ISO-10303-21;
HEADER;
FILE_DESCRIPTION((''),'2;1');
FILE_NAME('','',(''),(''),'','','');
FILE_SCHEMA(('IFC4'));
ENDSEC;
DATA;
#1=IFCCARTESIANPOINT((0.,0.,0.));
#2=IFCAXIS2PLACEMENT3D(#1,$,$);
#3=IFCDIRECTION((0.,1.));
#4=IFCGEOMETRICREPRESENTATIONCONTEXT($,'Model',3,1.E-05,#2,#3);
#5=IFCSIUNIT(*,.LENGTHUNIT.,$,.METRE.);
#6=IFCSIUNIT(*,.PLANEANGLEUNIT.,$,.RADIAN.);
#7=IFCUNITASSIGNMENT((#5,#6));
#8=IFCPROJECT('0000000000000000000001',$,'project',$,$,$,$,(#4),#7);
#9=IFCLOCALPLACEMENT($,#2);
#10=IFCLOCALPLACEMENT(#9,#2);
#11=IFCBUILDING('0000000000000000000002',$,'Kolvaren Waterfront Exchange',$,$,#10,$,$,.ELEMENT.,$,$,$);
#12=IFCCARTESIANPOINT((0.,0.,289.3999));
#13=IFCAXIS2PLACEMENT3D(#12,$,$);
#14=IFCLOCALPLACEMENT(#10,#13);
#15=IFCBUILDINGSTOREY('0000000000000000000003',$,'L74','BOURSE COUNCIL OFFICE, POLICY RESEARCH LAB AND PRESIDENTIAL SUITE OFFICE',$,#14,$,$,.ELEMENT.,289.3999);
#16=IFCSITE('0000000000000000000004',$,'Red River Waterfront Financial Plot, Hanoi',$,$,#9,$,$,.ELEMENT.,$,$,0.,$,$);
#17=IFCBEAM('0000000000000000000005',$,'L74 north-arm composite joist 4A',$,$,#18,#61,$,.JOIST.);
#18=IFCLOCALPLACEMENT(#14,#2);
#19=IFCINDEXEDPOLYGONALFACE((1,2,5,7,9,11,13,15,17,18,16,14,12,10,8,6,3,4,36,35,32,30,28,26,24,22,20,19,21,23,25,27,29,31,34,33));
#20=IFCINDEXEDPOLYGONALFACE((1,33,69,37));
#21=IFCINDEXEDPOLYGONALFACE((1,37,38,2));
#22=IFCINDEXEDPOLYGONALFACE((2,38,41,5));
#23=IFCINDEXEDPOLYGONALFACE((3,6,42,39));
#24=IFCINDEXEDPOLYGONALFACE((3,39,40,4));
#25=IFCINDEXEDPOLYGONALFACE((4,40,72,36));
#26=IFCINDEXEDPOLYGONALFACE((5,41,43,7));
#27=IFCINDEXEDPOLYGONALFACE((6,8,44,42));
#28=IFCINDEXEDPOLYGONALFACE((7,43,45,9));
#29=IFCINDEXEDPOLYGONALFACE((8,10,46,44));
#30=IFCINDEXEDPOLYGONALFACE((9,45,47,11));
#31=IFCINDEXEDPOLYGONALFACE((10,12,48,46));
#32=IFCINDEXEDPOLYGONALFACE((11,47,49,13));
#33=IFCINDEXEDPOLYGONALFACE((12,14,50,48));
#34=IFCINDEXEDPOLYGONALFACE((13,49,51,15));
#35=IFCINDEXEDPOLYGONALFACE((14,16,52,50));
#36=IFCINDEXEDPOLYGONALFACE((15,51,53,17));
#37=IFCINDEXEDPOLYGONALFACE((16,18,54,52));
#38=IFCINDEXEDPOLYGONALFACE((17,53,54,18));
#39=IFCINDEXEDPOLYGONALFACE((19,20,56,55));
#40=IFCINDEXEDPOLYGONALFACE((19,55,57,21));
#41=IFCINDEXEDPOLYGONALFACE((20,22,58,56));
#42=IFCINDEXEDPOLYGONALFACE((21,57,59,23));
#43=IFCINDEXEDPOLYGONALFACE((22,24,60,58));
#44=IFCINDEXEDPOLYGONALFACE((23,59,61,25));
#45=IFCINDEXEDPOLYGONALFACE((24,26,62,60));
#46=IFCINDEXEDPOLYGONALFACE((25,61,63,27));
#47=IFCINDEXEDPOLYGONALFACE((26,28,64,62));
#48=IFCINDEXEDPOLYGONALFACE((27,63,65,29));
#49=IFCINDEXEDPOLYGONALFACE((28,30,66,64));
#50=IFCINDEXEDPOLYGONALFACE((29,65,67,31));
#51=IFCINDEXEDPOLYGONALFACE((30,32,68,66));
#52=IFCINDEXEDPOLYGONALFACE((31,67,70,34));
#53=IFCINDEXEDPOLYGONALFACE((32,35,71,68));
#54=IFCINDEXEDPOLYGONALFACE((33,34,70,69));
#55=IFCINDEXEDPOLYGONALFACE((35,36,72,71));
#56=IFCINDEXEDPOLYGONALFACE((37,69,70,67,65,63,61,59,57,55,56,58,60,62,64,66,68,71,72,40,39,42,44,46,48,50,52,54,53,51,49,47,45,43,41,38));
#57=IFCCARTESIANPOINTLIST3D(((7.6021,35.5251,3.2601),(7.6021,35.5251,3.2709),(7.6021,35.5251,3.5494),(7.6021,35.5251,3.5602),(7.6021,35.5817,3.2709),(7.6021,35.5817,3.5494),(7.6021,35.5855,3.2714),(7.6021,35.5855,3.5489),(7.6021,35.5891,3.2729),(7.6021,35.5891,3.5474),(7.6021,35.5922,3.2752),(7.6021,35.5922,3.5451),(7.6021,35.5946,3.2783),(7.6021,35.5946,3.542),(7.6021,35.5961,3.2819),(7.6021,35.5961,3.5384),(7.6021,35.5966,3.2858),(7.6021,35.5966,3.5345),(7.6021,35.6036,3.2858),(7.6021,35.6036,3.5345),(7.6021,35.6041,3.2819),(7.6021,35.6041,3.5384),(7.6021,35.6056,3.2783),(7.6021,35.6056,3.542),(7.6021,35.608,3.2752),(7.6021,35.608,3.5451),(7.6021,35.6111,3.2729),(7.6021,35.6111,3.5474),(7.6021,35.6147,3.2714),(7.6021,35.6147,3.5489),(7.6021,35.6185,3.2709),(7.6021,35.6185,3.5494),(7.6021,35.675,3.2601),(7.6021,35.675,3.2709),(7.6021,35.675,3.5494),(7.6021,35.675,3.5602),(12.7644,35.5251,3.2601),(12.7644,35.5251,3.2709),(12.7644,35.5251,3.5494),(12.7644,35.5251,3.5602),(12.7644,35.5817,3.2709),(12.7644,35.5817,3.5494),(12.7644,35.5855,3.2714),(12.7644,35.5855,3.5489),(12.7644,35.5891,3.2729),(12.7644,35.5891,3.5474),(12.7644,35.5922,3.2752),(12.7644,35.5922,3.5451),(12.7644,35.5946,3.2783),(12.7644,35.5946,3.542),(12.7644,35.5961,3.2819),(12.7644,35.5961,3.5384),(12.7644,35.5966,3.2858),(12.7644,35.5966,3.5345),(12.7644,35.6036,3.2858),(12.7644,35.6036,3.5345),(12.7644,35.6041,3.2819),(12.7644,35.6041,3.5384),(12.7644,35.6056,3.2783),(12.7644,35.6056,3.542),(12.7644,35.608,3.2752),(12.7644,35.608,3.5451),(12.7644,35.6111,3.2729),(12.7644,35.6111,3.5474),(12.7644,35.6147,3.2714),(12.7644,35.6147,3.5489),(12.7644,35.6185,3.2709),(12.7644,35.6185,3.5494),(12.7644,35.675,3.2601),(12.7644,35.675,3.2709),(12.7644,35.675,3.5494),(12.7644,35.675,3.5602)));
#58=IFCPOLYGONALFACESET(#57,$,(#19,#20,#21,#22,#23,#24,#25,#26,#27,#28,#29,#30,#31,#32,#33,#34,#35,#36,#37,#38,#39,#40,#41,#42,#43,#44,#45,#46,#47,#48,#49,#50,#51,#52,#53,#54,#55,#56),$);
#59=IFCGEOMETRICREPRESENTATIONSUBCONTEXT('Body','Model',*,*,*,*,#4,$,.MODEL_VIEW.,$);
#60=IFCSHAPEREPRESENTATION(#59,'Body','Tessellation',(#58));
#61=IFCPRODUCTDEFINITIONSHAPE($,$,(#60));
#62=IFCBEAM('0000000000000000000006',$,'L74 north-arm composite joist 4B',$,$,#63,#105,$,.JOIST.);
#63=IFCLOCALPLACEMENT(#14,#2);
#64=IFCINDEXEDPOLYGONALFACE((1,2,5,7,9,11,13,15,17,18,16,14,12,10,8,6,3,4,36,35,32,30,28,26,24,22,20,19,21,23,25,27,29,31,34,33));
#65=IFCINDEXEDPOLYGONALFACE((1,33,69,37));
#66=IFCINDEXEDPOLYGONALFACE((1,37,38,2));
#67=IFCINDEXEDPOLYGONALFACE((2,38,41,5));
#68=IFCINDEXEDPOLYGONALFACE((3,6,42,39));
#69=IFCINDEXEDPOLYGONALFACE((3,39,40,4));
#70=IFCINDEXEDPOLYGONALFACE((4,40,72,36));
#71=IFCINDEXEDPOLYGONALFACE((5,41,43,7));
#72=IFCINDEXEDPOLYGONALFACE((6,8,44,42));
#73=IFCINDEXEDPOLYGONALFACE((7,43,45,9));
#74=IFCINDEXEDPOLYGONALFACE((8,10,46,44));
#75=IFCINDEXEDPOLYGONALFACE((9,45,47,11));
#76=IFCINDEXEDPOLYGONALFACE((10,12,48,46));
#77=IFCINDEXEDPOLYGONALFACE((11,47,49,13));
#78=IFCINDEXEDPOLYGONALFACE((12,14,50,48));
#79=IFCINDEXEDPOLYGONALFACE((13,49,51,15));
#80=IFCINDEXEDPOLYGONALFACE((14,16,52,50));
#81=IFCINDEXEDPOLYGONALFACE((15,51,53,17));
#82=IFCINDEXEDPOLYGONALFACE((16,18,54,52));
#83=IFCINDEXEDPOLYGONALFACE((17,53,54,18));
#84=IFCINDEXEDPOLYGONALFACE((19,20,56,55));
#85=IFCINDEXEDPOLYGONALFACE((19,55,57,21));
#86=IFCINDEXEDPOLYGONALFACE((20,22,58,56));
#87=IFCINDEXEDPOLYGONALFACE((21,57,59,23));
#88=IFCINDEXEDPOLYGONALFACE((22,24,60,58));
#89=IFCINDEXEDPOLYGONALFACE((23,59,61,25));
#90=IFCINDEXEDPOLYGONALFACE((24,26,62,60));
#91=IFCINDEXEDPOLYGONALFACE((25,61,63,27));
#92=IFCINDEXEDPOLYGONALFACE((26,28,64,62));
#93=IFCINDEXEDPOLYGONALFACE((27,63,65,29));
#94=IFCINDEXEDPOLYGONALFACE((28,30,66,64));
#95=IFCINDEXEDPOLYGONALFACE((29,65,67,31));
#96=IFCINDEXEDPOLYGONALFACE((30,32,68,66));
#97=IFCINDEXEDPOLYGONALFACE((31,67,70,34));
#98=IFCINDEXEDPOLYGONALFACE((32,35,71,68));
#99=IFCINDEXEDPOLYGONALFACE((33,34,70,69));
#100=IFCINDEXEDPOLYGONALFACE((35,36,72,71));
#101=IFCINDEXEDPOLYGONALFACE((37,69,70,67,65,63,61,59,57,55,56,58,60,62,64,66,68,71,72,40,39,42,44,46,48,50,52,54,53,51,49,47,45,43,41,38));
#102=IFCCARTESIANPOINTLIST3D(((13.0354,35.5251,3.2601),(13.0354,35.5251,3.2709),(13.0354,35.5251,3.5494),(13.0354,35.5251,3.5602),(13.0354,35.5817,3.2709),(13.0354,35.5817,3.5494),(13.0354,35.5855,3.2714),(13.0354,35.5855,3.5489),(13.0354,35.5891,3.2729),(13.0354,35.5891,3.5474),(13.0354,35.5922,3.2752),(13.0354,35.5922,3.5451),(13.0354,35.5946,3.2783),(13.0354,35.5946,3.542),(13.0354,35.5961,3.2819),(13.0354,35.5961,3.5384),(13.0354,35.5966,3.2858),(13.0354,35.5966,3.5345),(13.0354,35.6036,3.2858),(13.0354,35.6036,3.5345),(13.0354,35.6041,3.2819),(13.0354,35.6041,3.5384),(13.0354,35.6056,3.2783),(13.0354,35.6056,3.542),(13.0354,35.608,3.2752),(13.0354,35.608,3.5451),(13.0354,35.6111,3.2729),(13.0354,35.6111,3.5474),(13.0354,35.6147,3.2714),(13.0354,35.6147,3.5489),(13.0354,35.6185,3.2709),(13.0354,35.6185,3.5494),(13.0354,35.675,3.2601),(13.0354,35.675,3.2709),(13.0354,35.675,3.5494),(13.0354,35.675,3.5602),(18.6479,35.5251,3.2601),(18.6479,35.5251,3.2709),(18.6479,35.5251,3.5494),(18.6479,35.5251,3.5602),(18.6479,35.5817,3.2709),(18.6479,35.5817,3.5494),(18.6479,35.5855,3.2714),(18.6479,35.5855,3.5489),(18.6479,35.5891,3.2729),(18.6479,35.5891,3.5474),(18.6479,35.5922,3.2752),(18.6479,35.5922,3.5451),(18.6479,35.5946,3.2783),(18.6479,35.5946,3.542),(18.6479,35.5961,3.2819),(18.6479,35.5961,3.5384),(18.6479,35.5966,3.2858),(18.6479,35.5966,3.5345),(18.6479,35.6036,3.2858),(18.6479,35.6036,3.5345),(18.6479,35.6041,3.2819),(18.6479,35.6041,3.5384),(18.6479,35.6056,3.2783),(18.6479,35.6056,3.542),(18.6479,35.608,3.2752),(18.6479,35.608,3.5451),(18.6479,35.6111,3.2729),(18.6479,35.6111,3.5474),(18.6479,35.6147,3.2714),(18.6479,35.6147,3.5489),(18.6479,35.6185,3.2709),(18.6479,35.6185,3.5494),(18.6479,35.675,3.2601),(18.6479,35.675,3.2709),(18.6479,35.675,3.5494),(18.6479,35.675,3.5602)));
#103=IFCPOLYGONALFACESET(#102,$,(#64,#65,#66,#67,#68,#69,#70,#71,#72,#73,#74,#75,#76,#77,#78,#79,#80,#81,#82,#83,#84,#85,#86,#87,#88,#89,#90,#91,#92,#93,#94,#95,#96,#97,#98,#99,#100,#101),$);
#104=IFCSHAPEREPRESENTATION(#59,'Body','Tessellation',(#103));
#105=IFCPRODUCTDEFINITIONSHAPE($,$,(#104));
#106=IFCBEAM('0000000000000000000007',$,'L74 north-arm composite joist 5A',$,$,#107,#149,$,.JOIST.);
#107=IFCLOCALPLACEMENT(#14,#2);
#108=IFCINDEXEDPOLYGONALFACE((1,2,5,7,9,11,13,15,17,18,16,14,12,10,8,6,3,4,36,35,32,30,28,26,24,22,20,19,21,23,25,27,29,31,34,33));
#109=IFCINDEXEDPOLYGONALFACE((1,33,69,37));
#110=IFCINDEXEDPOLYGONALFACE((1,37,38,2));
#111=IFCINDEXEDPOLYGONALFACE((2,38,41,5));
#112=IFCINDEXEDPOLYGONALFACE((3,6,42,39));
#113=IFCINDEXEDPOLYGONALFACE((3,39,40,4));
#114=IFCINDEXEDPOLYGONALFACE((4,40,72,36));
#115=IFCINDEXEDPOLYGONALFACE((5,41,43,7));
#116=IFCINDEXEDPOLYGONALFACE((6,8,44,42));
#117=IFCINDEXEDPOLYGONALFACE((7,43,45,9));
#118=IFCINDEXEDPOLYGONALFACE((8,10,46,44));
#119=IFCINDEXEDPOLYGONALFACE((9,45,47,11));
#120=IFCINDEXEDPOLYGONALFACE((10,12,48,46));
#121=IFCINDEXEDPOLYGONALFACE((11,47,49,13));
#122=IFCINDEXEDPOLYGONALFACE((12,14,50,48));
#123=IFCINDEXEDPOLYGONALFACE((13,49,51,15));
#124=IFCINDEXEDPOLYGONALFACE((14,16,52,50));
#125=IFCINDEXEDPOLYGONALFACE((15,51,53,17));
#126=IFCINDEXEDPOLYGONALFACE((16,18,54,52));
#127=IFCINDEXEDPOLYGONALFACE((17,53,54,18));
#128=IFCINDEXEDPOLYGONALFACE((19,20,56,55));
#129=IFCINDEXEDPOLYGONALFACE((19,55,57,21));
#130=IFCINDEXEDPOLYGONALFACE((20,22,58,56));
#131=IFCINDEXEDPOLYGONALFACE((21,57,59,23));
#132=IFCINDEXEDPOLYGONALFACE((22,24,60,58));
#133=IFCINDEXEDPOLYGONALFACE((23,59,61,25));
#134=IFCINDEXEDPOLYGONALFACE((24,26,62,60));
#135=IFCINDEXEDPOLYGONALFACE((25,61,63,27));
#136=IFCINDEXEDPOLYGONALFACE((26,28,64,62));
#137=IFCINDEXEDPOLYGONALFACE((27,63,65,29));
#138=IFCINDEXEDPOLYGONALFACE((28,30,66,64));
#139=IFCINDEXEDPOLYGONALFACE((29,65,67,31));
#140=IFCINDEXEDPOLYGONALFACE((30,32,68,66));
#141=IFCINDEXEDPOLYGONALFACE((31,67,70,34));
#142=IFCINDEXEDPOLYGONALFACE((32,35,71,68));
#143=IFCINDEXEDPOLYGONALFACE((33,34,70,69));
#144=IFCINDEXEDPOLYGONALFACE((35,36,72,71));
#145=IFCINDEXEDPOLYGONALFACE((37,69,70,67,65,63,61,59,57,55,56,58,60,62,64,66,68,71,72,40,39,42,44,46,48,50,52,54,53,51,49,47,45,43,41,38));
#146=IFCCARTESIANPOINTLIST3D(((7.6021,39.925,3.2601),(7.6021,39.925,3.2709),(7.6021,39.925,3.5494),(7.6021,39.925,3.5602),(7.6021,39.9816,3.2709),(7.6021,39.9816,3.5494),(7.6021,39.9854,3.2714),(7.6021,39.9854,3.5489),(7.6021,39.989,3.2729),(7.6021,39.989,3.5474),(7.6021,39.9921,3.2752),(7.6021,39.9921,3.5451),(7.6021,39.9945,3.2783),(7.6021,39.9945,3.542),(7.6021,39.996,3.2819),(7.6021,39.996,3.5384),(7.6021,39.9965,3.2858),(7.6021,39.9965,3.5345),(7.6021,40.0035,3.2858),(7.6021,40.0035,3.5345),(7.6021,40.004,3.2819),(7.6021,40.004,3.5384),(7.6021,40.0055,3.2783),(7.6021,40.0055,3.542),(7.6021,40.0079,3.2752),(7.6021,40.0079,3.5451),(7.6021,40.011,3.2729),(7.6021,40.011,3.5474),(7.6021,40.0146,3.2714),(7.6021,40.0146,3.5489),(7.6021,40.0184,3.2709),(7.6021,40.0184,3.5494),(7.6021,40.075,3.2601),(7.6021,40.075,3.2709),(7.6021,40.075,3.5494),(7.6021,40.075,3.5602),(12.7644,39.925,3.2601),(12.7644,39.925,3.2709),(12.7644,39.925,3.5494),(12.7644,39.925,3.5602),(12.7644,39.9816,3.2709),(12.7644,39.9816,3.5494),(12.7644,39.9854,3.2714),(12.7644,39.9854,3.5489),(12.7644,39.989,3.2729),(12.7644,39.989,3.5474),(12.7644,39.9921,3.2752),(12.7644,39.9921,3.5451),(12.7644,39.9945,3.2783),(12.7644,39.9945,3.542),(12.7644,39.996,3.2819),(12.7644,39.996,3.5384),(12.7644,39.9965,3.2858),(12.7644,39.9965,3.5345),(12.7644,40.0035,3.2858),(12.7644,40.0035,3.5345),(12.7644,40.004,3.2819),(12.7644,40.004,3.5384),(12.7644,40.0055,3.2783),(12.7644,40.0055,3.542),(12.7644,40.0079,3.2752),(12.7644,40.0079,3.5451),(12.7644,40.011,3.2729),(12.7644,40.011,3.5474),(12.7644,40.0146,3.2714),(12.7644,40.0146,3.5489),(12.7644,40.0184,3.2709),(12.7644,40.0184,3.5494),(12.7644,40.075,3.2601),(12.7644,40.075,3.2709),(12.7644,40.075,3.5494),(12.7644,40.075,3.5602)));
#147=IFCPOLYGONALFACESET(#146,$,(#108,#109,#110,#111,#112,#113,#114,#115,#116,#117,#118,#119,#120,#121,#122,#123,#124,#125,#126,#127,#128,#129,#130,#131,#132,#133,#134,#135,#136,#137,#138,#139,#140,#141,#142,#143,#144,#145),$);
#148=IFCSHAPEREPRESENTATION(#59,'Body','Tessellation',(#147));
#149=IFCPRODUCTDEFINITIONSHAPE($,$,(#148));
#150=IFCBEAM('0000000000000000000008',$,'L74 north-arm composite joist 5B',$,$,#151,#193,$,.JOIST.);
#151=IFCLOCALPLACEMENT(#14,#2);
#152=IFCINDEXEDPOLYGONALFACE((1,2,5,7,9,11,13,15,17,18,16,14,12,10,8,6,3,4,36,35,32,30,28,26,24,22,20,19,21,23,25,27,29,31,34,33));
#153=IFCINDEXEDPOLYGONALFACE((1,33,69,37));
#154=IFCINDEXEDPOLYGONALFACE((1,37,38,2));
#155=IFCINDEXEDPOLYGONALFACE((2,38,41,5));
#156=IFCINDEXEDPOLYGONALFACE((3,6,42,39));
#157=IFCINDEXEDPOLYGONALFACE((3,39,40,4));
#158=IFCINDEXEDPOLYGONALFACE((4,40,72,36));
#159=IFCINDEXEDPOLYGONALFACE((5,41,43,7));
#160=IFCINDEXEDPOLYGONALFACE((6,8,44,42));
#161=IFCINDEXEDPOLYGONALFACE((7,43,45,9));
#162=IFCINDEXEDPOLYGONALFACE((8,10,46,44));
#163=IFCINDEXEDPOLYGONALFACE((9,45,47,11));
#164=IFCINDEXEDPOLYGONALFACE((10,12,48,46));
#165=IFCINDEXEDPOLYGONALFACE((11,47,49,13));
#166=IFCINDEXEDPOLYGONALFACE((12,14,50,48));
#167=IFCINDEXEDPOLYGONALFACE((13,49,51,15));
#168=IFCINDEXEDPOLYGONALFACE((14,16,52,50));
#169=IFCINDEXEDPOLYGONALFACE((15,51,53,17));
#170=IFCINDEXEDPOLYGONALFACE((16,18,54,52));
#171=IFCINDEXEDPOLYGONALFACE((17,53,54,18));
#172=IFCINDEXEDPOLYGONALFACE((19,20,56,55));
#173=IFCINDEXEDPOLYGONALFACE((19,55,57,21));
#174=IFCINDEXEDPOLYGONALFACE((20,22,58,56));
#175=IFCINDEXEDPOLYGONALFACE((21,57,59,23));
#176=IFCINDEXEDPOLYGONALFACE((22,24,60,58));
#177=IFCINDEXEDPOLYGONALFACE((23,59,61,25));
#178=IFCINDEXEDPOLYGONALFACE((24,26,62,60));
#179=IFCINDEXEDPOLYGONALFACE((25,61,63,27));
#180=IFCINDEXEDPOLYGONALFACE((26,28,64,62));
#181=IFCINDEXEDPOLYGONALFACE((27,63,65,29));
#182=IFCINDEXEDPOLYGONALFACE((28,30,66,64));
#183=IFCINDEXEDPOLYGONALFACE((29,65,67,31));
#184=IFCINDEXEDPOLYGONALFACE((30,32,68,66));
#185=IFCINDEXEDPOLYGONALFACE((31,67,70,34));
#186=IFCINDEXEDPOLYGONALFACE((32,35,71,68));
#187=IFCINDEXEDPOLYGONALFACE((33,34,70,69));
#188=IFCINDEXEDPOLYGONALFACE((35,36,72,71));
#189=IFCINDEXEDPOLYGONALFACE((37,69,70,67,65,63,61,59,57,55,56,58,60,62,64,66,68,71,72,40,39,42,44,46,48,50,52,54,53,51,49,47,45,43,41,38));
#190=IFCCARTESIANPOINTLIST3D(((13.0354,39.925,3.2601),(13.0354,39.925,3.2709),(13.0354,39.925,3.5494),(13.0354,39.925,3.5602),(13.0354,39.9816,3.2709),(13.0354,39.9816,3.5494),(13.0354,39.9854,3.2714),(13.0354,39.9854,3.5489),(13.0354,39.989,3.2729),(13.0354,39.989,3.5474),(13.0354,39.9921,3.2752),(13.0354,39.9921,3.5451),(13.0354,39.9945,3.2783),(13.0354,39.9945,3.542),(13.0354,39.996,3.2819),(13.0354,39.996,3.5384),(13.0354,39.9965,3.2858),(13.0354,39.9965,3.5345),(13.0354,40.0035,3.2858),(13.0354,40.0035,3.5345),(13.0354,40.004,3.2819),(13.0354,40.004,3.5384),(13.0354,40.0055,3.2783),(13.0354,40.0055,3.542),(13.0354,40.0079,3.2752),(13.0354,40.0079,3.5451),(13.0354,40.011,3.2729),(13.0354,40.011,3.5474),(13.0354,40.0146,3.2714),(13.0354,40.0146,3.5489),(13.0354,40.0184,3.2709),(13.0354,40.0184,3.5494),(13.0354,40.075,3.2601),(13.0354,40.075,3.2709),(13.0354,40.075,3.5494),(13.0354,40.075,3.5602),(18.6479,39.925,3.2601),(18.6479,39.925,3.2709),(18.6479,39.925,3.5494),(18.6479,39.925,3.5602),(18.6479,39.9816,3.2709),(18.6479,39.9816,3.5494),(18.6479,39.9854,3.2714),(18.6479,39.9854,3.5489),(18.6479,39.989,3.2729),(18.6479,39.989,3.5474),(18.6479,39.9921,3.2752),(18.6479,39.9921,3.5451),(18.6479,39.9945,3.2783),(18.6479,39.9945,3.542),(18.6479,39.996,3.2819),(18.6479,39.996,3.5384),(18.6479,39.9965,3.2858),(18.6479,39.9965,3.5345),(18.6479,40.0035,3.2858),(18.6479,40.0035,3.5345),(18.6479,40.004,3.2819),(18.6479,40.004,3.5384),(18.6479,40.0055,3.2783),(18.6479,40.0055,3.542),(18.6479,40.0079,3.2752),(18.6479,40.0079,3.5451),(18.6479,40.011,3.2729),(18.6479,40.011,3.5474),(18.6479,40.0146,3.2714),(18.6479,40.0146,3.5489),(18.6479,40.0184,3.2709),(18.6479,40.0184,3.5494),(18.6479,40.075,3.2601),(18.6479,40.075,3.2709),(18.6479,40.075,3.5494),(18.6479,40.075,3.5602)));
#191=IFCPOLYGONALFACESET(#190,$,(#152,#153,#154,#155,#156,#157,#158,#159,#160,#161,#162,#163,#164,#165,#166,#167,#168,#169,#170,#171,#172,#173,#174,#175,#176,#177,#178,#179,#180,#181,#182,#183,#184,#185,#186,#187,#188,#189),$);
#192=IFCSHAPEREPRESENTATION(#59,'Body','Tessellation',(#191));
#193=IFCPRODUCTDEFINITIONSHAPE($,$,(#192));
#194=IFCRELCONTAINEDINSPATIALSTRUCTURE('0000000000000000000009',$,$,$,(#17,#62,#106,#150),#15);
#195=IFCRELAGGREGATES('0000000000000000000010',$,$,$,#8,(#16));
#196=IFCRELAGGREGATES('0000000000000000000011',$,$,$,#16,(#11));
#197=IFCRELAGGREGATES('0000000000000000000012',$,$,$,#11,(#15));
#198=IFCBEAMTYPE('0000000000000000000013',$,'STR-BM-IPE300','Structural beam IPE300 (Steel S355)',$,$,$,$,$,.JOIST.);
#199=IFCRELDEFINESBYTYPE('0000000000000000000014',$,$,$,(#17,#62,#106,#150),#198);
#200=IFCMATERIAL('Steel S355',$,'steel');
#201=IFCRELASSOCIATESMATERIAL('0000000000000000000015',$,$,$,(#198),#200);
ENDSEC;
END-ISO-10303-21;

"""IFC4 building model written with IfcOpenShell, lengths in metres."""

from ifc_helpers import new_model, si_unit, direction, frame, origin, origin_2d, place, context, subcontext, project, spatial, i_section, extrude, material, material_profile, profile_set, type_object, element, save


model = new_model("IFC4")

# Units and contexts
model_context = context("Model", 3, precision=1e-05, world=origin(), true_north=direction((0.0, 1.0)))
body_context = subcontext(model_context, "Body", "Model", "MODEL_VIEW")
ifc_project = project(units=[si_unit("LENGTHUNIT", "METRE"), si_unit("PLANEANGLEUNIT", "RADIAN")], contexts=[model_context])

# Site, building, storey
site_placement = place(None, origin())
site = spatial("IfcSite", under=ifc_project, at=site_placement, Name="Red River Waterfront Financial Plot, Hanoi", CompositionType="ELEMENT", RefElevation=0.0)
building_placement = place(site_placement, origin())
building = spatial("IfcBuilding", under=site, at=building_placement, Name="Kolvaren Waterfront Exchange", CompositionType="ELEMENT")
storey_placement = place(building_placement, frame((0.0, 0.0, 289.3999)))
storey = spatial("IfcBuildingStorey", under=building, at=storey_placement, Name="L74", Description="BOURSE COUNCIL OFFICE, POLICY RESEARCH LAB AND PRESIDENTIAL SUITE OFFICE", CompositionType="ELEMENT", Elevation=289.3999)

# Beams
ifc_material_1 = material(Name="Steel S355", Category="steel")
ifc_material_profile_1 = material_profile(ifc_material_1, i_section(OverallWidth=0.1499, OverallDepth=0.3, WebThickness=0.0071, FlangeThickness=0.0107, FilletRadius=0.0149, at=origin_2d()), Name="IPE300")
ifc_profile_set_1 = profile_set([ifc_material_profile_1], Name="Steel S355")
beam_type_1 = type_object("IfcBeamType", Name="STR-BM-IPE300", Description="Structural beam IPE300 (Steel S355)", PredefinedType="JOIST", material=ifc_profile_set_1)
beam_1_placement = place(storey_placement, frame((7.6021, 35.6001, 3.4102), z_axis=(1.0, 0.0, 0.0), x_axis=(0.0, 1.0, 0.0)))
element("IfcBeam", 1, at=beam_1_placement, inside=storey, type_object=beam_type_1, Name="L74 north-arm composite joist 4A", PredefinedType="JOIST", context=body_context, shape_type="SweptSolid", body=[
    extrude(i_section(OverallWidth=0.1499, OverallDepth=0.3, WebThickness=0.0071, FlangeThickness=0.0107, FilletRadius=0.0149, at=origin_2d()), origin(), (0.0, 0.0, 1.0), 5.1624),
])
beam_2_placement = place(storey_placement, frame((13.0354, 35.6001, 3.4102), z_axis=(1.0, 0.0, 0.0), x_axis=(0.0, 1.0, 0.0)))
element("IfcBeam", 2, at=beam_2_placement, inside=storey, type_object=beam_type_1, Name="L74 north-arm composite joist 4B", PredefinedType="JOIST", context=body_context, shape_type="SweptSolid", body=[
    extrude(i_section(OverallWidth=0.1499, OverallDepth=0.3, WebThickness=0.0071, FlangeThickness=0.0107, FilletRadius=0.0149, at=origin_2d()), origin(), (0.0, 0.0, 1.0), 5.6125),
])
beam_3_placement = place(storey_placement, frame((7.6021, 40.0, 3.4102), z_axis=(1.0, 0.0, 0.0), x_axis=(0.0, 1.0, 0.0)))
element("IfcBeam", 3, at=beam_3_placement, inside=storey, type_object=beam_type_1, Name="L74 north-arm composite joist 5A", PredefinedType="JOIST", context=body_context, shape_type="SweptSolid", body=[
    extrude(i_section(OverallWidth=0.1499, OverallDepth=0.3, WebThickness=0.0071, FlangeThickness=0.0107, FilletRadius=0.0149, at=origin_2d()), origin(), (0.0, 0.0, 1.0), 5.1624),
])
beam_4_placement = place(storey_placement, frame((13.0354, 40.0, 3.4102), z_axis=(1.0, 0.0, 0.0), x_axis=(0.0, 1.0, 0.0)))
element("IfcBeam", 4, at=beam_4_placement, inside=storey, type_object=beam_type_1, Name="L74 north-arm composite joist 5B", PredefinedType="JOIST", context=body_context, shape_type="SweptSolid", body=[
    extrude(i_section(OverallWidth=0.1499, OverallDepth=0.3, WebThickness=0.0071, FlangeThickness=0.0107, FilletRadius=0.0149, at=origin_2d()), origin(), (0.0, 0.0, 1.0), 5.6125),
])

save(model, "model.ifc")
